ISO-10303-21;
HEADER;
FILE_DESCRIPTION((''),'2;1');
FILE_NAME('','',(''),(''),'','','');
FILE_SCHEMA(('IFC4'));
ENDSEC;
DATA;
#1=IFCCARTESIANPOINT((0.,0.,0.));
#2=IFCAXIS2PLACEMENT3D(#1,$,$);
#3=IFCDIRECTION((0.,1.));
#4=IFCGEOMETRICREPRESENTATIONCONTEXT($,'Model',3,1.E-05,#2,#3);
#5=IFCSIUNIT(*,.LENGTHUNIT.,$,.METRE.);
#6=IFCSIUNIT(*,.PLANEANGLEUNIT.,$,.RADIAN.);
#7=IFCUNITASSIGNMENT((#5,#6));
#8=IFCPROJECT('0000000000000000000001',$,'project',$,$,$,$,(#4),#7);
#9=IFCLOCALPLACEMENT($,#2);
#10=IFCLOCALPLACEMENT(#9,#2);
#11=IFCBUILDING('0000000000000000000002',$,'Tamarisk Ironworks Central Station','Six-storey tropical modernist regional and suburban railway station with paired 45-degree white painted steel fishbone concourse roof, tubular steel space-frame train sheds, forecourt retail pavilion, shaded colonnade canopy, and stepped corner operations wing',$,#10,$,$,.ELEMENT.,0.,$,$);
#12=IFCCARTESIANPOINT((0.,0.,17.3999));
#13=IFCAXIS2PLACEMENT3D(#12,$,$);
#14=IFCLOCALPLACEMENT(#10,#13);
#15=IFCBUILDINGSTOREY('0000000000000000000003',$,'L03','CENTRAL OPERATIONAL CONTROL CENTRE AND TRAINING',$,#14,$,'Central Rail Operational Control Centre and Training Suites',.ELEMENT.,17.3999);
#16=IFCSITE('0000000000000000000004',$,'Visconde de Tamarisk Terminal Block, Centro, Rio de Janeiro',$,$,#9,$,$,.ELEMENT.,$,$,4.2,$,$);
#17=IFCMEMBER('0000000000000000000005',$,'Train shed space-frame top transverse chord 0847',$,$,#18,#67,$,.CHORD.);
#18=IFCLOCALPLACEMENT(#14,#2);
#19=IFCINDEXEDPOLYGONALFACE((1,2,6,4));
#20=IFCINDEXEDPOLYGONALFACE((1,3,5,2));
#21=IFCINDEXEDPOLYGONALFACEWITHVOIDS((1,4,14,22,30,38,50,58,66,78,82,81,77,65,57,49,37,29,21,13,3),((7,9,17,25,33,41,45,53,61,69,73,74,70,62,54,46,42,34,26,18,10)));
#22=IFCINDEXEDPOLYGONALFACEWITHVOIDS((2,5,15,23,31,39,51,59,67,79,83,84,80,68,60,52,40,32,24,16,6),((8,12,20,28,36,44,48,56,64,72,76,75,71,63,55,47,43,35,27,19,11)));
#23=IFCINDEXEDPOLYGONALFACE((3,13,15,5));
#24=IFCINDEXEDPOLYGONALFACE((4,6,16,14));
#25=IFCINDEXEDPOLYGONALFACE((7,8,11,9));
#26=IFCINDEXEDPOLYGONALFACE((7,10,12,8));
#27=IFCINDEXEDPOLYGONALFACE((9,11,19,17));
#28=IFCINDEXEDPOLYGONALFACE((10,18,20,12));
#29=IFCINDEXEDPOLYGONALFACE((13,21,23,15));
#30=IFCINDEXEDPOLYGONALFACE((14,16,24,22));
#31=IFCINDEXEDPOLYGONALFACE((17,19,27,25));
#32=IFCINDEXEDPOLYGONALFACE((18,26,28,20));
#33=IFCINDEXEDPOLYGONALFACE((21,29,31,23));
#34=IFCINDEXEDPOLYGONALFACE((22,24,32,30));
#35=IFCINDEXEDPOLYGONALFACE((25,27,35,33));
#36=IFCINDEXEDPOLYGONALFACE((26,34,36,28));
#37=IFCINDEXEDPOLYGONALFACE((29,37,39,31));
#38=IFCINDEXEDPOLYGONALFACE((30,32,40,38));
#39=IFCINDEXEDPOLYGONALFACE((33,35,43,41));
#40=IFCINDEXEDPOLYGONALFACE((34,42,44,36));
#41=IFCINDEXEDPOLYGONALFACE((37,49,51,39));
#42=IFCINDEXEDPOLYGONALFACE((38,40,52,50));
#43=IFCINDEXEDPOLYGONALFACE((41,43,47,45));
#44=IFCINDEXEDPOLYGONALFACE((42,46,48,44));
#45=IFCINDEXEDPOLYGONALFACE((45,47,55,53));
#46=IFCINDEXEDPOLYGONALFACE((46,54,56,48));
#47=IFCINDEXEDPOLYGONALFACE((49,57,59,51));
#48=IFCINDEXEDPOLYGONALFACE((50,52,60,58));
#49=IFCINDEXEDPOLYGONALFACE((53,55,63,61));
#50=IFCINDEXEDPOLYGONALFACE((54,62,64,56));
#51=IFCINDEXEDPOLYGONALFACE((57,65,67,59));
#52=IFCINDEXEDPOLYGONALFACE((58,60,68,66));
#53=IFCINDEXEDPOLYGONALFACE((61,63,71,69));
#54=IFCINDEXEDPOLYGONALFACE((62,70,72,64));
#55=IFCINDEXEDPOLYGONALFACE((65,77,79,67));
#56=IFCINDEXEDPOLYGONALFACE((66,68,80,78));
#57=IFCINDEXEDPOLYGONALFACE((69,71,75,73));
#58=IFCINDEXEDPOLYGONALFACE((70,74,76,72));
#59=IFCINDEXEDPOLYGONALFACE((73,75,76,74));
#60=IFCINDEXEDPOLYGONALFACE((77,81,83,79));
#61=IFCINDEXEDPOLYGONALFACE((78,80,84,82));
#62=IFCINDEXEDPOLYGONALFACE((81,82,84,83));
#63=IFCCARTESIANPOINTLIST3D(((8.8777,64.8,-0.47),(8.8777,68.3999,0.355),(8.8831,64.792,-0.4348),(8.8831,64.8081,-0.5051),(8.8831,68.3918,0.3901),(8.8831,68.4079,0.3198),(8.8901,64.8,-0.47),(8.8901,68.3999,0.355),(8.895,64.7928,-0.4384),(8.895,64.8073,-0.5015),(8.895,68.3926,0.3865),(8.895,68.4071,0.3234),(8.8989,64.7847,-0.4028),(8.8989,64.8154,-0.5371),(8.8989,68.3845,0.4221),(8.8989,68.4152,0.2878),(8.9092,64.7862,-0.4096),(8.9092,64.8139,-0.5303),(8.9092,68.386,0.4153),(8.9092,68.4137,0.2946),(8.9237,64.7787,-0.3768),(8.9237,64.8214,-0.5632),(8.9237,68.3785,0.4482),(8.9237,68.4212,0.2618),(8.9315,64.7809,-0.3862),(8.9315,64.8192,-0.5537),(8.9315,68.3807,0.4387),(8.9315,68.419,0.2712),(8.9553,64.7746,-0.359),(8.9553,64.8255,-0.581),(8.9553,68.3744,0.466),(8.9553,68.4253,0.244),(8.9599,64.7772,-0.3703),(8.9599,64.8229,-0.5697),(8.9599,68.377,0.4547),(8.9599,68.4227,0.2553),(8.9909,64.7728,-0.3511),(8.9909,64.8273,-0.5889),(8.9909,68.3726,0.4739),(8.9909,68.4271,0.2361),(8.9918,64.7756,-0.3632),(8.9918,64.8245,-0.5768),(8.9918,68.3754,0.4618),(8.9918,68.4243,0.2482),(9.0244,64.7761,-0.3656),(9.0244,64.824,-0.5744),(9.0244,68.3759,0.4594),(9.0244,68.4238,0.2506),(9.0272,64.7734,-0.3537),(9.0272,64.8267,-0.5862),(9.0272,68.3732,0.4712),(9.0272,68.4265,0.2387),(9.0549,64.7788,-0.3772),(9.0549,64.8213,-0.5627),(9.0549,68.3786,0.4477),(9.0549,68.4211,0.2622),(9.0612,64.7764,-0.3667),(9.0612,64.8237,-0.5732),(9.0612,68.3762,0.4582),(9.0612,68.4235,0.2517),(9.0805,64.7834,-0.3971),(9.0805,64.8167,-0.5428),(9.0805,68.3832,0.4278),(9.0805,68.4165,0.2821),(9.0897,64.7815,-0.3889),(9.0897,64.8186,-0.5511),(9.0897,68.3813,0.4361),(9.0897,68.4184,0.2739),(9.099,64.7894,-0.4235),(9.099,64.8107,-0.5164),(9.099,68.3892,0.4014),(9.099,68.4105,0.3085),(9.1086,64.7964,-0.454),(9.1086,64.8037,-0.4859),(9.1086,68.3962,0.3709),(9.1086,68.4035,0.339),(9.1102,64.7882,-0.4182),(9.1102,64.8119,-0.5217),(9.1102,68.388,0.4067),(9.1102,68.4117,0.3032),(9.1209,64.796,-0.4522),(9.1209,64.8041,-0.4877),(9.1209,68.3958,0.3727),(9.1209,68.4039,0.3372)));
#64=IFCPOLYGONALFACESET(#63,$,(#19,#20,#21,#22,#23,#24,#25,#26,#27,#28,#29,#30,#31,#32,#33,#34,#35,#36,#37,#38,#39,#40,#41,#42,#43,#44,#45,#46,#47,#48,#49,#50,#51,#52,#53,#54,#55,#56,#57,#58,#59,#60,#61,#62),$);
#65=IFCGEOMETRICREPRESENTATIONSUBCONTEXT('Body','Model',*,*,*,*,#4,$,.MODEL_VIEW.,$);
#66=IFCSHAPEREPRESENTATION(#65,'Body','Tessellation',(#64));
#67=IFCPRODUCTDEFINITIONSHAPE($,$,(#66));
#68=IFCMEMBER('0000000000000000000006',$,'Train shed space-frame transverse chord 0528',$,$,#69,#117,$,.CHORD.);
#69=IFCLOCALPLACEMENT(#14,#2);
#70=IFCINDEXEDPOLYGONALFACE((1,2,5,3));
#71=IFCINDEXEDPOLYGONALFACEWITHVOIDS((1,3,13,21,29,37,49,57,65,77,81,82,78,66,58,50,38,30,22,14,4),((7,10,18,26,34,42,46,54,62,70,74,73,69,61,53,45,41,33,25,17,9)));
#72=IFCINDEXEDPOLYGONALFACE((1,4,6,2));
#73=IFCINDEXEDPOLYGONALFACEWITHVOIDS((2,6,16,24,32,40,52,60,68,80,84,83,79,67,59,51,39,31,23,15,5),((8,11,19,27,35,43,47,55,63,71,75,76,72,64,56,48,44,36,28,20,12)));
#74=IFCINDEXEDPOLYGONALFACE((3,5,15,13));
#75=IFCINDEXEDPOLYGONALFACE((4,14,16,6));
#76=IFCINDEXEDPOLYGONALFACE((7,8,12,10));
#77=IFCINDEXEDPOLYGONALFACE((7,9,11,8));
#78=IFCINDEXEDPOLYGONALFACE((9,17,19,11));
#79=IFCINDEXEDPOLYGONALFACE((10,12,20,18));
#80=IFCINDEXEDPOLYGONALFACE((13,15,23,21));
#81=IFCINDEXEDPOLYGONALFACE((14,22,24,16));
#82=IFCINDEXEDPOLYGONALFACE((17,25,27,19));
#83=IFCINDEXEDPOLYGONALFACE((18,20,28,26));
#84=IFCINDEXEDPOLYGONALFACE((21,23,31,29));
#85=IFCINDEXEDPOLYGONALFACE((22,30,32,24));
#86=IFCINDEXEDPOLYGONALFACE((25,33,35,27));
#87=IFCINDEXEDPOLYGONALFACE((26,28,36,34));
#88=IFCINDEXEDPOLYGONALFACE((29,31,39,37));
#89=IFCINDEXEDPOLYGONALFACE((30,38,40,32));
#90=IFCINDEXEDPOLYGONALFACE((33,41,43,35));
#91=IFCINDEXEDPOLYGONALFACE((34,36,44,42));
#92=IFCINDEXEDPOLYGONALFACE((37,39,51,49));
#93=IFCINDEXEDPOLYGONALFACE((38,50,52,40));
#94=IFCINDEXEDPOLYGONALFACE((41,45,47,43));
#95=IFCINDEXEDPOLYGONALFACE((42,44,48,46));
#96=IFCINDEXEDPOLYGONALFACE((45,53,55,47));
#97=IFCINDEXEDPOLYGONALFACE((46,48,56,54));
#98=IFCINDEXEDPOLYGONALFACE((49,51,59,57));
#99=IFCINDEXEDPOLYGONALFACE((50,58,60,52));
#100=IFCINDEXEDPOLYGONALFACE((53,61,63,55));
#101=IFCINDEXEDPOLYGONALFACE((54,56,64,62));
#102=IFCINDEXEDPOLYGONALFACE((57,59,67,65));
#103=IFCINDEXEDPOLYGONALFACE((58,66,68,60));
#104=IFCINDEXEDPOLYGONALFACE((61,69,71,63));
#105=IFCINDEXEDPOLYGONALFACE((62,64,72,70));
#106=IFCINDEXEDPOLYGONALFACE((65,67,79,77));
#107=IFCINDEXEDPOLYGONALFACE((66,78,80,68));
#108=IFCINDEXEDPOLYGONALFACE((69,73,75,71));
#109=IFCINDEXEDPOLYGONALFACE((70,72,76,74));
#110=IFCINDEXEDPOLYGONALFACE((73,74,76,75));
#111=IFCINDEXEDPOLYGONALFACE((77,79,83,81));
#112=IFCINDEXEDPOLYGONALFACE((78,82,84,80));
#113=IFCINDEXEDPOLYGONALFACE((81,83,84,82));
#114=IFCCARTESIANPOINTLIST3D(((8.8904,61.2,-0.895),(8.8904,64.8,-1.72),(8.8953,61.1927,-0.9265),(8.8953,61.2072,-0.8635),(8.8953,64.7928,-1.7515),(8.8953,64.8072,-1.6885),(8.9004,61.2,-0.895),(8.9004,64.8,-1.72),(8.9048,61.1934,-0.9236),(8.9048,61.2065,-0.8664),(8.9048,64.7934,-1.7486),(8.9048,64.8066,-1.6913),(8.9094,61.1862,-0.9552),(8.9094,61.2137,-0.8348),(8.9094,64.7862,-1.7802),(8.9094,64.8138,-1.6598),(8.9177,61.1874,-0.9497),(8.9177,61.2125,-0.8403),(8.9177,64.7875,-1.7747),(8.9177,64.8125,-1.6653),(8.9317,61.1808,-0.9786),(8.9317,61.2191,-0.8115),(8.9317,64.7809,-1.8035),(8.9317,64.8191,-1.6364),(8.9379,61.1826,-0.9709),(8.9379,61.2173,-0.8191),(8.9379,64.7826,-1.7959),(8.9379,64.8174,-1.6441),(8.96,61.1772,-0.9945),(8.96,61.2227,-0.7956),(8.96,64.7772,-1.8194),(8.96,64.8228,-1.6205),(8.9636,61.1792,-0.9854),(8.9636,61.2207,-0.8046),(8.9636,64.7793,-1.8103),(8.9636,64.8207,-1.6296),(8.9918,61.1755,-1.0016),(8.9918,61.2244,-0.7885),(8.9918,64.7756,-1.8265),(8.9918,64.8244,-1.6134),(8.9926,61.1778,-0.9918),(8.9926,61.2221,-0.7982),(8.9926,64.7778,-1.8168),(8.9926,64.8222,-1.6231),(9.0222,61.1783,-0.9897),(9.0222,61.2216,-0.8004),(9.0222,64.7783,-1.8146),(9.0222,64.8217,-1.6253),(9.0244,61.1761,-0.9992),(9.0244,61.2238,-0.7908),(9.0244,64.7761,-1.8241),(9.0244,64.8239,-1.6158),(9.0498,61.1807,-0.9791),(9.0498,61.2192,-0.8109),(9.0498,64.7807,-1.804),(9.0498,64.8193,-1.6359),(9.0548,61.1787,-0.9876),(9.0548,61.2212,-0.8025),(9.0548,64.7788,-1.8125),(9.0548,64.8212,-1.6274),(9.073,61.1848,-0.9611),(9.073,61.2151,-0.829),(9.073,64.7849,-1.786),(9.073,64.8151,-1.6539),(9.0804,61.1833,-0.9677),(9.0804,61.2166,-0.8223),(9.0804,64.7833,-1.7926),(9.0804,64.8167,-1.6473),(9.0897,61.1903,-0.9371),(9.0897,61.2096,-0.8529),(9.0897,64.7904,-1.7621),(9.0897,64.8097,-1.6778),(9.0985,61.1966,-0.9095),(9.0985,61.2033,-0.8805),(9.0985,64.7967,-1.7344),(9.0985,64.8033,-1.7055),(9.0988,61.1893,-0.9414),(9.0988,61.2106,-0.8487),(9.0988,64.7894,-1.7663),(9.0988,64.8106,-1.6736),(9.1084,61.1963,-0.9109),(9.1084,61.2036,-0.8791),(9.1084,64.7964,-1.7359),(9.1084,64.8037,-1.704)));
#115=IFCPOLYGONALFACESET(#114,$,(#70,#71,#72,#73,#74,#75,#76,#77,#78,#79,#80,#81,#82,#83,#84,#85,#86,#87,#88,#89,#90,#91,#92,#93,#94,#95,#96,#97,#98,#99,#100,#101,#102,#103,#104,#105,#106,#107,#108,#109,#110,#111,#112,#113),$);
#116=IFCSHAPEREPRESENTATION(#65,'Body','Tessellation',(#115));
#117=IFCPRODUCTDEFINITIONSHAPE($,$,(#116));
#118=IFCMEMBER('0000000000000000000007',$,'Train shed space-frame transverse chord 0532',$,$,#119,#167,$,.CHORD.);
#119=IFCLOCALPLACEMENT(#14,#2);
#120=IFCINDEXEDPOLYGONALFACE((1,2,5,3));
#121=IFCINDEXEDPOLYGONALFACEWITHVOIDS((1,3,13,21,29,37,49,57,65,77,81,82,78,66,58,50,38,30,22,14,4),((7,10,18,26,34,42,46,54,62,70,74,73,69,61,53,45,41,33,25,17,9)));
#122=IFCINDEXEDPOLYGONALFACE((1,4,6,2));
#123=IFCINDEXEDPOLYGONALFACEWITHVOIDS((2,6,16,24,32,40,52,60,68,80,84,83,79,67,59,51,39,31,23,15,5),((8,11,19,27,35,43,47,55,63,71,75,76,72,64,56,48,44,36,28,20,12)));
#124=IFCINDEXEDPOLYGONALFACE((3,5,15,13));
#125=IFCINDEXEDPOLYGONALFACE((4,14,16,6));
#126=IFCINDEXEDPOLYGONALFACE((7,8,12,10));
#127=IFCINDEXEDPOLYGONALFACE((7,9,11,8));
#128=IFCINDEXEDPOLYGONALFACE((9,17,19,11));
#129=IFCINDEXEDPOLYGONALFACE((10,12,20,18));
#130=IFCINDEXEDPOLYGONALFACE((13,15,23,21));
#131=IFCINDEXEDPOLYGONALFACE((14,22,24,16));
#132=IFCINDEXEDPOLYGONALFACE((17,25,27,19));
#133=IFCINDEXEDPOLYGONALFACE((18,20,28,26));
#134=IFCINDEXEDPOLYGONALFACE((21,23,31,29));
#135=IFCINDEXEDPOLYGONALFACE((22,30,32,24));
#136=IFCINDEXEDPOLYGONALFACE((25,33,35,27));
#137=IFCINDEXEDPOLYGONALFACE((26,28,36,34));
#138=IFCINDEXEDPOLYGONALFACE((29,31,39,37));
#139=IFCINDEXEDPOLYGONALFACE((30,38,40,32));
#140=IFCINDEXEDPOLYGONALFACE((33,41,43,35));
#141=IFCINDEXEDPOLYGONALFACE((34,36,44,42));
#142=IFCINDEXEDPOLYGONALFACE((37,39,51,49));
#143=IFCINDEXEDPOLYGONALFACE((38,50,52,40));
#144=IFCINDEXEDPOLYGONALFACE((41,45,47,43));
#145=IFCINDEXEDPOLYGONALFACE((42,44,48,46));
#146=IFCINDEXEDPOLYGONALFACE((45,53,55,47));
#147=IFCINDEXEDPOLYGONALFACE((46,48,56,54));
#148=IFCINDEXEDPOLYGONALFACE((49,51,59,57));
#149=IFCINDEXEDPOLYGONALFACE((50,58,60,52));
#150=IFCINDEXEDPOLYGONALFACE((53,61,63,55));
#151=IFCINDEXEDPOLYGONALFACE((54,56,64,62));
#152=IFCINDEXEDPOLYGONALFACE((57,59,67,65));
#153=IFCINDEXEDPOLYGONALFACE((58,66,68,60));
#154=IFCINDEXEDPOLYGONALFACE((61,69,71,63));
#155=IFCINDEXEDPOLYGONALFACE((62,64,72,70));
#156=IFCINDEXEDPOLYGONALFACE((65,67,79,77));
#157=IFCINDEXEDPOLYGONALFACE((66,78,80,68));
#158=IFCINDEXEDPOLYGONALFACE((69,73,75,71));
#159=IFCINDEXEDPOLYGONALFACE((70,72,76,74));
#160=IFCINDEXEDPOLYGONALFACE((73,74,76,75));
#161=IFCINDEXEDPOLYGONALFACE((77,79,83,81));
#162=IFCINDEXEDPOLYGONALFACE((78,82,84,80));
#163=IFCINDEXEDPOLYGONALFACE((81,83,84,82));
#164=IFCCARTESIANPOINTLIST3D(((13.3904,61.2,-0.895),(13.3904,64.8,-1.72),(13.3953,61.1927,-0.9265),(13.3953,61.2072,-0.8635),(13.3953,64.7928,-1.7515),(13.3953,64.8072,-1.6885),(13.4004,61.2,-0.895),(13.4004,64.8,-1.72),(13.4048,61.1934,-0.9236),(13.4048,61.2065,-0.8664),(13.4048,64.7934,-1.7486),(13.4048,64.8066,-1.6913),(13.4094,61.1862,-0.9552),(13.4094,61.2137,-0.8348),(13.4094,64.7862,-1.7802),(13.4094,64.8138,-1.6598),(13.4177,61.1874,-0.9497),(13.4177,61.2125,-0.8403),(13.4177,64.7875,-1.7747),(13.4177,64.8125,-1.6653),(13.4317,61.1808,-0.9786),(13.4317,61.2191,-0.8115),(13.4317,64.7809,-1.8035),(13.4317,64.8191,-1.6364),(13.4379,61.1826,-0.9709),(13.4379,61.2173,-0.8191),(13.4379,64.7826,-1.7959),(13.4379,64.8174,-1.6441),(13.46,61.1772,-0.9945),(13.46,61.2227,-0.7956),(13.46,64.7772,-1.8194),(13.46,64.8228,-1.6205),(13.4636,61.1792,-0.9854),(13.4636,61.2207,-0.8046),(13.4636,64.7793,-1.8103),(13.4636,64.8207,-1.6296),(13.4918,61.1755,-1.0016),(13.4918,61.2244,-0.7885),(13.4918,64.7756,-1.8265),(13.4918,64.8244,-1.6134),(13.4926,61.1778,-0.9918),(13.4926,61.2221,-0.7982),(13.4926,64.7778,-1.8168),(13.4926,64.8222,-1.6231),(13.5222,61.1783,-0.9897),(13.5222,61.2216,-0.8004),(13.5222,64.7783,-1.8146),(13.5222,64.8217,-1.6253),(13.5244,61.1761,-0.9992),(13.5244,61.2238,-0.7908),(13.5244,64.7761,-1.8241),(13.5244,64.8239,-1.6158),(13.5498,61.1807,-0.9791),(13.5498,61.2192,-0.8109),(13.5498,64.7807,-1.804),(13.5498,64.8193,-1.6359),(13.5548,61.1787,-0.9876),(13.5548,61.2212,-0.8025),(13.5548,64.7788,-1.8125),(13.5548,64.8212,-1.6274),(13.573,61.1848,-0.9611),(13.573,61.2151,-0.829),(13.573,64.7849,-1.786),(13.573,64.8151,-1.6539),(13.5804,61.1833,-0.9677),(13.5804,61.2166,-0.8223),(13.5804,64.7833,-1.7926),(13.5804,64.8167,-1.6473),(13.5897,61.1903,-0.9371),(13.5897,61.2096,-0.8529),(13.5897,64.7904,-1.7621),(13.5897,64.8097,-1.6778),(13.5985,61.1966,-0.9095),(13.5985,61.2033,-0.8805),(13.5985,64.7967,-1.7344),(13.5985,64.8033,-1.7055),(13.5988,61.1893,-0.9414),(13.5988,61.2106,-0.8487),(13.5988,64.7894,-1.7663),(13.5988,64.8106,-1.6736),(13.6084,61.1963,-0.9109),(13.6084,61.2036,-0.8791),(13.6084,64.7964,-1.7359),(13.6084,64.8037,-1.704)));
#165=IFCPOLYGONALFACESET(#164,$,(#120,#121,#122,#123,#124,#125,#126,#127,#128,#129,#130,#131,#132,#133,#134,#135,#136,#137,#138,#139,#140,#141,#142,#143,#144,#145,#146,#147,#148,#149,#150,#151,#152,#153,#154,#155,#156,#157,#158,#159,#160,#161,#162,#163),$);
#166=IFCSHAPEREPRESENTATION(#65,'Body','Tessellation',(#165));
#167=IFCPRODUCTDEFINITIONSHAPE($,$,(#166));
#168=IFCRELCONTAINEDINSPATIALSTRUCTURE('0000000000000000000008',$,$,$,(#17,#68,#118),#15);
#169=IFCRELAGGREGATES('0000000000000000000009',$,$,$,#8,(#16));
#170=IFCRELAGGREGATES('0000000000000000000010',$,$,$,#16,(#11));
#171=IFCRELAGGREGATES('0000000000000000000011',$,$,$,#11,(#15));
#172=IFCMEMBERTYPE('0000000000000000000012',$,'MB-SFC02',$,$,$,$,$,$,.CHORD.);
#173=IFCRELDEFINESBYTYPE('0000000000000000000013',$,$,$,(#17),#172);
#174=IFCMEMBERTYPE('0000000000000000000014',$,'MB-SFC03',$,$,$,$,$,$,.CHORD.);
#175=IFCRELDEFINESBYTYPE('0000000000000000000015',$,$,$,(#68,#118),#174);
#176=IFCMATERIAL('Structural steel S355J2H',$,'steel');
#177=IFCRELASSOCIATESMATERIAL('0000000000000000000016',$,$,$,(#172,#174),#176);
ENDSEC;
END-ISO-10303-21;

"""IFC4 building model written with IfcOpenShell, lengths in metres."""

from ifc_helpers import new_model, si_unit, direction, frame, origin, origin_2d, place, context, subcontext, project, spatial, hollow_circle, extrude, material, material_profile, profile_set, type_object, element, save


model = new_model("IFC4")

# Units and contexts
model_context = context("Model", 3, precision=1e-05, world=origin(), true_north=direction((0.0, 1.0)))
body_context = subcontext(model_context, "Body", "Model", "MODEL_VIEW")
ifc_project = project(units=[si_unit("LENGTHUNIT", "METRE"), si_unit("PLANEANGLEUNIT", "RADIAN")], contexts=[model_context])

# Site, building, storey
site_placement = place(None, origin())
site = spatial("IfcSite", under=ifc_project, at=site_placement, Name="Visconde de Tamarisk Terminal Block, Centro, Rio de Janeiro", CompositionType="ELEMENT", RefElevation=4.2)
building_placement = place(site_placement, origin())
building = spatial("IfcBuilding", under=site, at=building_placement, Name="Tamarisk Ironworks Central Station", Description="Six-storey tropical modernist regional and suburban railway station with paired 45-degree white painted steel fishbone concourse roof, tubular steel space-frame train sheds, forecourt retail pavilion, shaded colonnade canopy, and stepped corner operations wing", CompositionType="ELEMENT", ElevationOfRefHeight=0.0)
storey_placement = place(building_placement, frame((0.0, 0.0, 17.3999)))
storey = spatial("IfcBuildingStorey", under=building, at=storey_placement, Name="L03", Description="CENTRAL OPERATIONAL CONTROL CENTRE AND TRAINING", LongName="Central Rail Operational Control Centre and Training Suites", CompositionType="ELEMENT", Elevation=17.3999)

# Members
ifc_material_1 = material(Name="Structural steel S355J2H", Category="steel")
ifc_material_profile_1 = material_profile(ifc_material_1, hollow_circle(Radius=0.1223, WallThickness=0.0125, at=origin_2d()), Name="CHS 244.5x12.5")
ifc_profile_set_1 = profile_set([ifc_material_profile_1], Name="Structural steel S355J2H")
member_type_1 = type_object("IfcMemberType", Name="MB-SFC02", PredefinedType="CHORD", material=ifc_profile_set_1)
for number, where, z_axis, x_axis, name in (
    (1, (9.0, 64.8, -0.47), (0.0, 0.974733, 0.223372), (-1.0, 0.0, 0.0), "Train shed space-frame top transverse chord 0847"),
):
    element("IfcMember", number, at=place(storey_placement, frame(where, z_axis=z_axis, x_axis=x_axis)), inside=storey, type_object=member_type_1, Name=name, PredefinedType="CHORD", context=body_context, shape_type="SweptSolid", body=[
        extrude(hollow_circle(Radius=0.1223, WallThickness=0.0125, at=origin_2d()), origin(), (0.0, 0.0, 1.0), 3.6931),
    ])
ifc_material_profile_2 = material_profile(ifc_material_1, hollow_circle(Radius=0.1096, WallThickness=0.01, at=origin_2d()), Name="CHS 219.1x10")
ifc_profile_set_2 = profile_set([ifc_material_profile_2], Name="Structural steel S355J2H")
member_type_2 = type_object("IfcMemberType", Name="MB-SFC03", PredefinedType="CHORD", material=ifc_profile_set_2)
for number, where, z_axis, x_axis, name in (
    (2, (9.0, 61.2, -0.895), (0.0, 0.974737, -0.223358), (-1.0, 0.0, 0.0), "Train shed space-frame transverse chord 0528"),
    (3, (13.5, 61.2, -0.895), (0.0, 0.974737, -0.223358), (-1.0, 0.0, 0.0), "Train shed space-frame transverse chord 0532"),
):
    element("IfcMember", number, at=place(storey_placement, frame(where, z_axis=z_axis, x_axis=x_axis)), inside=storey, type_object=member_type_2, Name=name, PredefinedType="CHORD", context=body_context, shape_type="SweptSolid", body=[
        extrude(hollow_circle(Radius=0.1096, WallThickness=0.01, at=origin_2d()), origin(), (0.0, 0.0, 1.0), 3.6934),
    ])

save(model, "model.ifc")
